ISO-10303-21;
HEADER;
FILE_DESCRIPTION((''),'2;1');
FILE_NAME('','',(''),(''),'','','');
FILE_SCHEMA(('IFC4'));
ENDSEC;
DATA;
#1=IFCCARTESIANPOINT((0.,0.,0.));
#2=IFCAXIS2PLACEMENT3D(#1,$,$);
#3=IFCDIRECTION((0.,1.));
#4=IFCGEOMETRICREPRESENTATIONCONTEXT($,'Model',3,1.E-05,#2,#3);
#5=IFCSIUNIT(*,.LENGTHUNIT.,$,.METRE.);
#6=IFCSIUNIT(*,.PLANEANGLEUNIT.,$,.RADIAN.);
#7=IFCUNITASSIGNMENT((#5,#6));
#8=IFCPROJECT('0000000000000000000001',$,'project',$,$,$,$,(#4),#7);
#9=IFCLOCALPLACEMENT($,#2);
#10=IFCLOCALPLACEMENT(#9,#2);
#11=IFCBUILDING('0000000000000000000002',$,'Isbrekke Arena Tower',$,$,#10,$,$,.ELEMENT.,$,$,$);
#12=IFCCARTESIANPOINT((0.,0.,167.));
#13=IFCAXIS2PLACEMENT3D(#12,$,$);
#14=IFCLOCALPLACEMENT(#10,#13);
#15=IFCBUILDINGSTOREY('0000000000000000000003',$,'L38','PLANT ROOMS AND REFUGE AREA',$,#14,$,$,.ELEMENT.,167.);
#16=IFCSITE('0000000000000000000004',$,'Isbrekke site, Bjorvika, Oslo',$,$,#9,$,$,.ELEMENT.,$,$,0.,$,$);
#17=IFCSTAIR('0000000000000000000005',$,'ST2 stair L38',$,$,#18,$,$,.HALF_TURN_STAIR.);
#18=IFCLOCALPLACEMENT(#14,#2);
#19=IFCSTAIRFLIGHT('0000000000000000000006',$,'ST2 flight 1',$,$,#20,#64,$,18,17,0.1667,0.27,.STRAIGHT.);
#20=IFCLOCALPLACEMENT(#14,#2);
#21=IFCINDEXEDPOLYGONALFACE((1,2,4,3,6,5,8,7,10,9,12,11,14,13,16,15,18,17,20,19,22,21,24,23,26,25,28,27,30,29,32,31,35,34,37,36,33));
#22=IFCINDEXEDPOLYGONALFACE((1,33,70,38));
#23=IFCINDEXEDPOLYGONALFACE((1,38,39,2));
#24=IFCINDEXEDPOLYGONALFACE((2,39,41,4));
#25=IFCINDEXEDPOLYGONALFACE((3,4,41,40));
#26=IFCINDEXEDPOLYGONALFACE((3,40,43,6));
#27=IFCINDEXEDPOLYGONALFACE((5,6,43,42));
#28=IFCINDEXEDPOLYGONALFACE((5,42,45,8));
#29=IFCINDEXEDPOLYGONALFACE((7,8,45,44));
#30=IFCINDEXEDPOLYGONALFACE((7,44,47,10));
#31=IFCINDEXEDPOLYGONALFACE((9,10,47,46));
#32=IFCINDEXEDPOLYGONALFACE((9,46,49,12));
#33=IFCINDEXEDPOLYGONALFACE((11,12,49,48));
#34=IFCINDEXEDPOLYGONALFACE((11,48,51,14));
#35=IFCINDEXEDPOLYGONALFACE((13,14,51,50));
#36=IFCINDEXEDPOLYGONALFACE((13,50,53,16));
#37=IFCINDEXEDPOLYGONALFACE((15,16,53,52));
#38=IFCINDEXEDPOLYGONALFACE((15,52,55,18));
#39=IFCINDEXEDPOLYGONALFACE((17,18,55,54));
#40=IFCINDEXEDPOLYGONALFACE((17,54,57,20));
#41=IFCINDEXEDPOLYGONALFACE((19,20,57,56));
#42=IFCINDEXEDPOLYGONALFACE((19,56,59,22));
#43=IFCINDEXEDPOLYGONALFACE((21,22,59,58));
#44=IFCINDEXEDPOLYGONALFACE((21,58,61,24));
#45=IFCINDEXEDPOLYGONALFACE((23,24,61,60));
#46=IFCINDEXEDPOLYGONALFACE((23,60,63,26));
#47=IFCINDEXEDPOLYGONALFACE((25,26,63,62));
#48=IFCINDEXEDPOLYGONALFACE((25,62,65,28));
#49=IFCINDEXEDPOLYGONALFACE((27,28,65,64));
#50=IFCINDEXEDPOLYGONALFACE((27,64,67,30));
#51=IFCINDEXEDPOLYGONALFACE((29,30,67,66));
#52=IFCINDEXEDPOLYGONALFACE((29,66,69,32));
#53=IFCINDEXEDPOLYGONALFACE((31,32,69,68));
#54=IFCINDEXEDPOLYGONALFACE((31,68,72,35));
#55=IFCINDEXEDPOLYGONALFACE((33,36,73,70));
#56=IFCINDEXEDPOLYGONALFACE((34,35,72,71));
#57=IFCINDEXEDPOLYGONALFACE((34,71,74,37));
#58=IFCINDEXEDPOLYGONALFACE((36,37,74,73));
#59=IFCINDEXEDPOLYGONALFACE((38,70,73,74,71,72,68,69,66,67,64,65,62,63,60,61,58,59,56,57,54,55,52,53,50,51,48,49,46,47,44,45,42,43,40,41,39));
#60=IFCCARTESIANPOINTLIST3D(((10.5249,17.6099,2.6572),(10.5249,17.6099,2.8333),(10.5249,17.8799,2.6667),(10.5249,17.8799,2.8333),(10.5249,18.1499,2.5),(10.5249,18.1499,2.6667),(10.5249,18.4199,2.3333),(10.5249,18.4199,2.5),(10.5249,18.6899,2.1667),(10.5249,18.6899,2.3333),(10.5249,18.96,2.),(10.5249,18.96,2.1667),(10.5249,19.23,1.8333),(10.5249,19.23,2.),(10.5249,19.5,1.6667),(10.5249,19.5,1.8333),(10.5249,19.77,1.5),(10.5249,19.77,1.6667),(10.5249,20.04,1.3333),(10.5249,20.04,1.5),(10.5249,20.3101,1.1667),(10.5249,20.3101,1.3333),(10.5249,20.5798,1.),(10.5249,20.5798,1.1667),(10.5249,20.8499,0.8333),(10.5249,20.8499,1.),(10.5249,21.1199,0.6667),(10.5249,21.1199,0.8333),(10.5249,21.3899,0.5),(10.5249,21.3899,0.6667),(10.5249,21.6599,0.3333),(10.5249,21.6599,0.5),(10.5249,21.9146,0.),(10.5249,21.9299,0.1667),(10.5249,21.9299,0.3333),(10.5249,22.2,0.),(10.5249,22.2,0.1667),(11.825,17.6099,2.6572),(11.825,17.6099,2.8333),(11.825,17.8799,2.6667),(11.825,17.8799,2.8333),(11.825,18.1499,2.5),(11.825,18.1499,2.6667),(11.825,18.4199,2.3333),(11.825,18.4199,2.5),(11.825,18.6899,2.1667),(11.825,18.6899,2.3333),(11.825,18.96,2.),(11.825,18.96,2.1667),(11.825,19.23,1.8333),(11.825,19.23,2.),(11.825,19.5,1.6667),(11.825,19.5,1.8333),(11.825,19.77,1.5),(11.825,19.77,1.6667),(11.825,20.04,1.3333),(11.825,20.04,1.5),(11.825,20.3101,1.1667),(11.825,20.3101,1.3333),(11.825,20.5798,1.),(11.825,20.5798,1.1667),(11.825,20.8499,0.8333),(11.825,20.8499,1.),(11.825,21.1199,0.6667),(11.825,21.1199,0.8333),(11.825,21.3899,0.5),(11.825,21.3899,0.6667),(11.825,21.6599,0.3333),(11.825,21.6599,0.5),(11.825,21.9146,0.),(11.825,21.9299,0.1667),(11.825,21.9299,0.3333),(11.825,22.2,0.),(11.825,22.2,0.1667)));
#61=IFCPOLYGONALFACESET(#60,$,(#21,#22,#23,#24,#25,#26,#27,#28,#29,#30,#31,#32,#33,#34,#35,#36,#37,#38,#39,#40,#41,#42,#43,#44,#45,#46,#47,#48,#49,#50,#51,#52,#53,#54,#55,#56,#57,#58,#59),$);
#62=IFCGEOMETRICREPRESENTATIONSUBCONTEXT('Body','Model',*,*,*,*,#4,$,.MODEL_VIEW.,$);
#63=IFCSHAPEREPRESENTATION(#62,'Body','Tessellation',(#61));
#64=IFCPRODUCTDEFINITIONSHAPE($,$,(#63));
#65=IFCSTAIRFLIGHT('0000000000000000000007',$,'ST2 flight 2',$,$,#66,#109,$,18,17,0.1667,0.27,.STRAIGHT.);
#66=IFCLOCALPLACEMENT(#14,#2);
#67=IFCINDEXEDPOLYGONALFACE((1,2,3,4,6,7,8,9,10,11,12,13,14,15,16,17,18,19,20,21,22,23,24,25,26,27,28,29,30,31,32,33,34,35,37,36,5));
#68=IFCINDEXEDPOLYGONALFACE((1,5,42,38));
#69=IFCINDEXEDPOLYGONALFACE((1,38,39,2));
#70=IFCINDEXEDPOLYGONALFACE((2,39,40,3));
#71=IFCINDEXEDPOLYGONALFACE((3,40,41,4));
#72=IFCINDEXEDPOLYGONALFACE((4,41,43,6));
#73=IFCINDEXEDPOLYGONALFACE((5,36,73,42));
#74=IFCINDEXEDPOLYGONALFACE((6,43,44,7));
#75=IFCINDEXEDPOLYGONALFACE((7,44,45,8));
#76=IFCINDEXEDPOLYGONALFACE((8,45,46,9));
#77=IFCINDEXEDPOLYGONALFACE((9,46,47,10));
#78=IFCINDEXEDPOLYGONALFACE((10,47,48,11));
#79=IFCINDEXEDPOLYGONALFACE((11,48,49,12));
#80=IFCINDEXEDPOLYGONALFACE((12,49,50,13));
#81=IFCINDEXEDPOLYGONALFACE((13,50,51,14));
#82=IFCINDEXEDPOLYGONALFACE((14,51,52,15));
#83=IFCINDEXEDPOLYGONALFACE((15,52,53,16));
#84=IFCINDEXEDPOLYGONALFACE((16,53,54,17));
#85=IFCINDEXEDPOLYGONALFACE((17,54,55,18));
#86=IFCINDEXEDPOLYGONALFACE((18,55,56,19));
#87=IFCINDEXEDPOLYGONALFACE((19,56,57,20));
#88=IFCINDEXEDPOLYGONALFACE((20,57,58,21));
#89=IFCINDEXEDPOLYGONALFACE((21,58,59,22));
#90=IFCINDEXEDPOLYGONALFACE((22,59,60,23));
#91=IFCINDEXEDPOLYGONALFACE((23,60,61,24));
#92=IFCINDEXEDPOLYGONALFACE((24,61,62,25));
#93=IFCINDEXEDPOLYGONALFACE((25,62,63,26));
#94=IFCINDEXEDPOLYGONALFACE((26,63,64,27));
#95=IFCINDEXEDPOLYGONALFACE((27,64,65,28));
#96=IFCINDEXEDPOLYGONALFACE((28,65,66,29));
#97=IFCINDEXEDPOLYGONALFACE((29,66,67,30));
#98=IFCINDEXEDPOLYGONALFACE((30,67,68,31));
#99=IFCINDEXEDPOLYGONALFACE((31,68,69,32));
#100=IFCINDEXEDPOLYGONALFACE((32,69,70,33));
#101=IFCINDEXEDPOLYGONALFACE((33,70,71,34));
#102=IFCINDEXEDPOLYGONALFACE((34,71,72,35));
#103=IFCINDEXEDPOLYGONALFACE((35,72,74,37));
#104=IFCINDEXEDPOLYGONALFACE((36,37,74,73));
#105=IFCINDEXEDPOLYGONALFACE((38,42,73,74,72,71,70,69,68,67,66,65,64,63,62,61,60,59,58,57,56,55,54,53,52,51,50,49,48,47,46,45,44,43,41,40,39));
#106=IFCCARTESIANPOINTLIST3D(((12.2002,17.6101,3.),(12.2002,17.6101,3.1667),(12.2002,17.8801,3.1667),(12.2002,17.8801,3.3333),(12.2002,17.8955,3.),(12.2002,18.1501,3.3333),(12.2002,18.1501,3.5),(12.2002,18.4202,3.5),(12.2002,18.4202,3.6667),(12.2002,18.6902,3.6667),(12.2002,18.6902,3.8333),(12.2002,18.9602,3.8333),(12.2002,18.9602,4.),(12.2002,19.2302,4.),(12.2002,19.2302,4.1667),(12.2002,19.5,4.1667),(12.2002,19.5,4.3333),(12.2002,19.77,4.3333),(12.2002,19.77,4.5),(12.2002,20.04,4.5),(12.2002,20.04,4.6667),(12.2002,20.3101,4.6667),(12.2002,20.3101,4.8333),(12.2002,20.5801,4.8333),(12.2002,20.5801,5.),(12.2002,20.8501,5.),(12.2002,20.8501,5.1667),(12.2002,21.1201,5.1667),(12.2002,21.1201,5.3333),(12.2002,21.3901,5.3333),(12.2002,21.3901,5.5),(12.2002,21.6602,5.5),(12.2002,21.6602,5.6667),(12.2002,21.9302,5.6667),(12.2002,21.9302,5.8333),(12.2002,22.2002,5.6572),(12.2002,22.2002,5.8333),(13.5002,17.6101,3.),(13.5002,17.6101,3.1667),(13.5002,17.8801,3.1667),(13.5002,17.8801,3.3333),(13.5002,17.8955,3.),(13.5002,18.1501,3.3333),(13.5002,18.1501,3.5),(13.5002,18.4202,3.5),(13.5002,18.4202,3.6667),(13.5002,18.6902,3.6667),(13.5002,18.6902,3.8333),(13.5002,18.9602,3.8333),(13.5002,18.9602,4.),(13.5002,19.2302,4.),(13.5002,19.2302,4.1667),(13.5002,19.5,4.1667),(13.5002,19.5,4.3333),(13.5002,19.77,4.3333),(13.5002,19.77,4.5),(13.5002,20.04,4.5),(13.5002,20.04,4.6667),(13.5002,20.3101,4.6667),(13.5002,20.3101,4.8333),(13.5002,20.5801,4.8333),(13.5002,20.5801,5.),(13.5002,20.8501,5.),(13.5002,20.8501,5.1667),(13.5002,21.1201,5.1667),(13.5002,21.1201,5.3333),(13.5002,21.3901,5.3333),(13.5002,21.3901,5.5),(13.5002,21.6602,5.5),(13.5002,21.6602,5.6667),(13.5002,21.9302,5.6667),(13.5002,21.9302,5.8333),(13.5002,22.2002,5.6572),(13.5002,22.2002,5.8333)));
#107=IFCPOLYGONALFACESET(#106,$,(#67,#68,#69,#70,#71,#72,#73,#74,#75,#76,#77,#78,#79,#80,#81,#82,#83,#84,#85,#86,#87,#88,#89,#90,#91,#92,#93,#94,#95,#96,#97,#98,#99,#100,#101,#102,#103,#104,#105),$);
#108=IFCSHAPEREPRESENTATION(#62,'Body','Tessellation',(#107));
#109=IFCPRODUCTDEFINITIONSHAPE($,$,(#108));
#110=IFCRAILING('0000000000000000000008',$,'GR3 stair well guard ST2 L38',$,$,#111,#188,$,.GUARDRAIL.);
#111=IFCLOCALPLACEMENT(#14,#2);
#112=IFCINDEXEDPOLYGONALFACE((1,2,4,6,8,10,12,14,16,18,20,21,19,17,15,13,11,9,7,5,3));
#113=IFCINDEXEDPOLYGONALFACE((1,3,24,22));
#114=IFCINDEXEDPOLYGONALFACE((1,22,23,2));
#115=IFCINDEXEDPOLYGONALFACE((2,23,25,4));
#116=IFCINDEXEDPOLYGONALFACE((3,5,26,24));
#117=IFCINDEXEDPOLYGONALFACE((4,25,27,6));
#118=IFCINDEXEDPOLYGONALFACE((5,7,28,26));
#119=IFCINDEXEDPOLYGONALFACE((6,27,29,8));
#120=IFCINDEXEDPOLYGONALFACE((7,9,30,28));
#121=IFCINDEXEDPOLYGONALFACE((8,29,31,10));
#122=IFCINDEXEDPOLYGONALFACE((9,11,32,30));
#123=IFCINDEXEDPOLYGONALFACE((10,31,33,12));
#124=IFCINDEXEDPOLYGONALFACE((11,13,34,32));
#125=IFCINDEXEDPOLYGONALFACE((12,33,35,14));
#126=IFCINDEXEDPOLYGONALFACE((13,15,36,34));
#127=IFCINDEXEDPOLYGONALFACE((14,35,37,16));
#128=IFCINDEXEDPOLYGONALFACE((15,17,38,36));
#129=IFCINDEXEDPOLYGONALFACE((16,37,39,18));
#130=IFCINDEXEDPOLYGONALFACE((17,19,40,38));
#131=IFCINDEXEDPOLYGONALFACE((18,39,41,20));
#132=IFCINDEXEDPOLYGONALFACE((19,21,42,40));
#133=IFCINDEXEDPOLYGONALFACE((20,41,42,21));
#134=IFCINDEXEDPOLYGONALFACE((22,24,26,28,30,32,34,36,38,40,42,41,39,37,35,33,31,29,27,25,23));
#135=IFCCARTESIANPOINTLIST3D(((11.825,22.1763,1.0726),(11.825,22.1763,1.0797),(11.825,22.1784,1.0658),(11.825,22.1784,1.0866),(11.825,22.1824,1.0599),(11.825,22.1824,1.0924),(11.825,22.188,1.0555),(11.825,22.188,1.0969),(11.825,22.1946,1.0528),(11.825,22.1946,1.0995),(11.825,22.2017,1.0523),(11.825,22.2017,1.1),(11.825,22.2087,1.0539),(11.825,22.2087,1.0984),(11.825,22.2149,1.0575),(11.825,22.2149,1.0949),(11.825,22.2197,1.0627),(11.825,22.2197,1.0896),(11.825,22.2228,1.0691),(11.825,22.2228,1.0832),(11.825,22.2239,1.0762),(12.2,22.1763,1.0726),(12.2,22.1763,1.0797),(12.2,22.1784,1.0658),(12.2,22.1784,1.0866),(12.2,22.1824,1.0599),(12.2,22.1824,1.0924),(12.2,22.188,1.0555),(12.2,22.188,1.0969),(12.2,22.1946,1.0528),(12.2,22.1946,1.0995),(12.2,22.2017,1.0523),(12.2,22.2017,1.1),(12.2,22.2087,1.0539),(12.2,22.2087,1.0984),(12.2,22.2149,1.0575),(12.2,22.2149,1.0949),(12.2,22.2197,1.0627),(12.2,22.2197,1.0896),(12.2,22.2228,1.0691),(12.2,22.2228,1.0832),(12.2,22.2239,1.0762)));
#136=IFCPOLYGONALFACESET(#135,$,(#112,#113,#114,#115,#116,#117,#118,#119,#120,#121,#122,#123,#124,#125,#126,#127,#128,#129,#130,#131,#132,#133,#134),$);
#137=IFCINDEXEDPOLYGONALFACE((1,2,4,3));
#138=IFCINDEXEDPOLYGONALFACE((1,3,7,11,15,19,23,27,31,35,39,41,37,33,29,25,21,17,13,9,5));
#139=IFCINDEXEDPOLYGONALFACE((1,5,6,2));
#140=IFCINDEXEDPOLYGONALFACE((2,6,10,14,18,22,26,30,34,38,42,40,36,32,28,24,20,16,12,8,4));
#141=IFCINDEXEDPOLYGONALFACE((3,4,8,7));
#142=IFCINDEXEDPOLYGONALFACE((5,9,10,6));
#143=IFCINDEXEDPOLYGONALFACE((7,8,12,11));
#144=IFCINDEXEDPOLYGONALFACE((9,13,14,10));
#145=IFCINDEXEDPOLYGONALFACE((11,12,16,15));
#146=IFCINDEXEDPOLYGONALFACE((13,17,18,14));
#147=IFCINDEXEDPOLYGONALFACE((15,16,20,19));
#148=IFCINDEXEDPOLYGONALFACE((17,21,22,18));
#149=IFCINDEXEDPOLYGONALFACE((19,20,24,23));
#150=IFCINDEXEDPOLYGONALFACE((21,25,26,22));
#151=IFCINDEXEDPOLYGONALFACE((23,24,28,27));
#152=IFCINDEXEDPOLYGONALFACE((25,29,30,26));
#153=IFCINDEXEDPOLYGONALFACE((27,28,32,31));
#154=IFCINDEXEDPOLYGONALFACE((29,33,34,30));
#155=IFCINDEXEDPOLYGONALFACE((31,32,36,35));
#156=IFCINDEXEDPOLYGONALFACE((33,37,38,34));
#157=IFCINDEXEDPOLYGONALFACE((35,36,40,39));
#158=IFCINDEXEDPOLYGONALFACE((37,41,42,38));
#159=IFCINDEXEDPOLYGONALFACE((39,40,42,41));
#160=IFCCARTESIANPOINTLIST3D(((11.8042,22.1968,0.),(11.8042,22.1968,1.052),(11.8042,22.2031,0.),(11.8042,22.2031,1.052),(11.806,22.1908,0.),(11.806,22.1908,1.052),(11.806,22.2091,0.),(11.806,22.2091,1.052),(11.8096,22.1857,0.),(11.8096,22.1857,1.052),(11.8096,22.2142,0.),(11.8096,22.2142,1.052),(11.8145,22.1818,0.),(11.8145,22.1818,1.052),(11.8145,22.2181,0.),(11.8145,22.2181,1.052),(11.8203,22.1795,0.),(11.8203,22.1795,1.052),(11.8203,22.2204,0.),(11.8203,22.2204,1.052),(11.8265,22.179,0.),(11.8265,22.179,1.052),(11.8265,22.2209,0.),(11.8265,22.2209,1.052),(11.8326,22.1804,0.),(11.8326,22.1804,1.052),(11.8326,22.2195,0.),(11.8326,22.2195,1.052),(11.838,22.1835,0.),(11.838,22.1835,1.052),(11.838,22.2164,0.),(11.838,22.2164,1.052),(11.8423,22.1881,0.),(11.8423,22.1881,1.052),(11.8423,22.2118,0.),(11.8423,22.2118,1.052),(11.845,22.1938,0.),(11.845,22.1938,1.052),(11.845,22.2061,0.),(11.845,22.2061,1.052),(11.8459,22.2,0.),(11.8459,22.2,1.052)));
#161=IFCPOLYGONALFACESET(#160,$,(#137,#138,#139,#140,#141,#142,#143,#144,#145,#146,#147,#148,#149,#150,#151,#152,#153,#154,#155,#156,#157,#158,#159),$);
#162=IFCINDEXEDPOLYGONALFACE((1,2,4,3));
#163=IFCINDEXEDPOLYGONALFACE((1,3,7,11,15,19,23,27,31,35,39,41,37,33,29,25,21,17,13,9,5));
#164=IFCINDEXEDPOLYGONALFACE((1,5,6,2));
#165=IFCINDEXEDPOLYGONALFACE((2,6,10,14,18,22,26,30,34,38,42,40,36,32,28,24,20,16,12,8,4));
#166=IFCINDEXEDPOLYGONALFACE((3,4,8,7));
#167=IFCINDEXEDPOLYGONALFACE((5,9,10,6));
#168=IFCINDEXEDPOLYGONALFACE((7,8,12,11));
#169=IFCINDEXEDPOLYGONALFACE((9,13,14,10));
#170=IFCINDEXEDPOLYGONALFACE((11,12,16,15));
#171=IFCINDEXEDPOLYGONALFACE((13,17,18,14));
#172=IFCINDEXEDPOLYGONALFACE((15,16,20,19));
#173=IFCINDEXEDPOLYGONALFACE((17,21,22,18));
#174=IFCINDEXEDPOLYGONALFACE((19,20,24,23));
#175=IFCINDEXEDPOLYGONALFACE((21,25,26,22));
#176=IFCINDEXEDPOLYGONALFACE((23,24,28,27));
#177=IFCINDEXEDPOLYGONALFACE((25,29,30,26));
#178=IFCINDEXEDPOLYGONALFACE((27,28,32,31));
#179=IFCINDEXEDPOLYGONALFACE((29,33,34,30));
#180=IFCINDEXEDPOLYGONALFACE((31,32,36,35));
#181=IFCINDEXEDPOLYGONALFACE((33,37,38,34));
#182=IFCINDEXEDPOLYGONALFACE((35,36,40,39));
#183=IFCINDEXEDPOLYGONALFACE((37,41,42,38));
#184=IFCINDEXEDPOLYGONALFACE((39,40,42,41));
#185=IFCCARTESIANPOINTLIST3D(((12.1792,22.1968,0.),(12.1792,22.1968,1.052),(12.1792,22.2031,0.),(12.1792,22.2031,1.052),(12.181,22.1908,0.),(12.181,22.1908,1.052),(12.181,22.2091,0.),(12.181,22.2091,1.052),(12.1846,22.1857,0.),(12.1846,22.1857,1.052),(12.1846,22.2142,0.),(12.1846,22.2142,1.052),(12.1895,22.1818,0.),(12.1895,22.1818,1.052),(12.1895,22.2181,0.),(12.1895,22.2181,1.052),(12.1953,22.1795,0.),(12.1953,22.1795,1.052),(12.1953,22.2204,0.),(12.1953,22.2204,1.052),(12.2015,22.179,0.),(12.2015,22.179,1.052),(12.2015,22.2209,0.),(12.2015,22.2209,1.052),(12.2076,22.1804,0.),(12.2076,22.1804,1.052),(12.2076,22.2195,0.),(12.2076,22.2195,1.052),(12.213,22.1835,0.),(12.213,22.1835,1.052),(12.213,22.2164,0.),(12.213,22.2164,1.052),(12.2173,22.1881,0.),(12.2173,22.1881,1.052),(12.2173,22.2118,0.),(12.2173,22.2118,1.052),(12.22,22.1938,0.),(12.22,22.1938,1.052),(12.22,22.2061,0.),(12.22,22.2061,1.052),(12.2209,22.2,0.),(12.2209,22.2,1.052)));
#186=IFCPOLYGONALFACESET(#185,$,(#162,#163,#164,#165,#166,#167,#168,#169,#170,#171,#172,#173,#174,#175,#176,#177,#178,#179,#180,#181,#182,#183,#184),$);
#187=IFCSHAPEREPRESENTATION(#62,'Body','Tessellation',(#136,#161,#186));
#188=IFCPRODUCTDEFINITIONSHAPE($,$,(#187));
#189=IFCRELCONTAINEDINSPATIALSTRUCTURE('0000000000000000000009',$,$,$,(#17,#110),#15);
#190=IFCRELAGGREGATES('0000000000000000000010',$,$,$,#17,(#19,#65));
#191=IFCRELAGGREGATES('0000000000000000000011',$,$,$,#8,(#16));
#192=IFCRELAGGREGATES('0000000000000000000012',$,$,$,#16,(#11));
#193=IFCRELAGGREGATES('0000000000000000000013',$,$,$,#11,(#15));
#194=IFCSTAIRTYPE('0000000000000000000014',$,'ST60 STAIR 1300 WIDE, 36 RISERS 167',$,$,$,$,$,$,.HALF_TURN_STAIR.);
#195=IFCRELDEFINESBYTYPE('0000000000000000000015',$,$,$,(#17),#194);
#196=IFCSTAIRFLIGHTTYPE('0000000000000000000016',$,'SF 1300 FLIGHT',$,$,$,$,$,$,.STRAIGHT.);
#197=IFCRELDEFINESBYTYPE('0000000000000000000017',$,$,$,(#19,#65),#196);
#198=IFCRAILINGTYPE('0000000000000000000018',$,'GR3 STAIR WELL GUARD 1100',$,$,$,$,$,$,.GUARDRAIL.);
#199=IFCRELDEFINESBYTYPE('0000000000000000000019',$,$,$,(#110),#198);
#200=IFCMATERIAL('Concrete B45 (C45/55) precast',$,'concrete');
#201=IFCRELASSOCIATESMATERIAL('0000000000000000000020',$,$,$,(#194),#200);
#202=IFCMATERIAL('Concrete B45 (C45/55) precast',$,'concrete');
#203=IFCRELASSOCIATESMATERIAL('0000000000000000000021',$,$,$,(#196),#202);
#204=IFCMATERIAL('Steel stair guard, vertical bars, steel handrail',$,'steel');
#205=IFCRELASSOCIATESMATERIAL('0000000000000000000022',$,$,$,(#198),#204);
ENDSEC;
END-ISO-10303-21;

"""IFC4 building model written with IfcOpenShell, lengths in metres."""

from ifc_helpers import new_model, si_unit, direction, frame, origin, origin_2d, place, context, subcontext, project, spatial, polyline, circle, outline, extrude, material, type_object, element, aggregate, save


model = new_model("IFC4")

# Units and contexts
model_context = context("Model", 3, precision=1e-05, world=origin(), true_north=direction((0.0, 1.0)))
body_context = subcontext(model_context, "Body", "Model", "MODEL_VIEW")
ifc_project = project(units=[si_unit("LENGTHUNIT", "METRE"), si_unit("PLANEANGLEUNIT", "RADIAN")], contexts=[model_context])

# Site, building, storey
site_placement = place(None, origin())
site = spatial("IfcSite", under=ifc_project, at=site_placement, Name="Isbrekke site, Bjorvika, Oslo", CompositionType="ELEMENT", RefElevation=0.0)
building_placement = place(site_placement, origin())
building = spatial("IfcBuilding", under=site, at=building_placement, Name="Isbrekke Arena Tower", CompositionType="ELEMENT")
storey_placement = place(building_placement, frame((0.0, 0.0, 167.0)))
storey = spatial("IfcBuildingStorey", under=building, at=storey_placement, Name="L38", Description="PLANT ROOMS AND REFUGE AREA", CompositionType="ELEMENT", Elevation=167.0)

# Stair, stair flights
ifc_material_1 = material(Name="Concrete B45 (C45/55) precast", Category="concrete")
stair_type = type_object("IfcStairType", Name="ST60 STAIR 1300 WIDE, 36 RISERS 167", PredefinedType="HALF_TURN_STAIR", material=ifc_material_1)
stair_placement = place(storey_placement, origin())
stair = element("IfcStair", 1, at=stair_placement, inside=storey, type_object=stair_type, Name="ST2 stair L38", PredefinedType="HALF_TURN_STAIR")
ifc_material_2 = material(Name="Concrete B45 (C45/55) precast", Category="concrete")
stair_flight_type = type_object("IfcStairFlightType", Name="SF 1300 FLIGHT", PredefinedType="STRAIGHT", material=ifc_material_2)
stair_flight_1_placement = place(storey_placement, frame((11.175, 22.2, 0.0), z_axis=(0.0, 0.0, 1.0), x_axis=(0.0, -1.0, 0.0)))
stair_flight_1 = element("IfcStairFlight", 2, at=stair_flight_1_placement, type_object=stair_flight_type, Name="ST2 flight 1", NumberOfRisers=18, NumberOfTreads=17, PredefinedType="STRAIGHT", RiserHeight=0.1667, TreadLength=0.27, context=body_context, shape_type="SweptSolid", body=[
    extrude(outline(polyline([(0.0, 0.0), (0.0, 0.1667), (0.27, 0.1667), (0.27, 0.3333), (0.54, 0.3333), (0.54, 0.5), (0.8101, 0.5), (0.8101, 0.6667), (1.0801, 0.6667), (1.0801, 0.8333), (1.3501, 0.8333), (1.3501, 1.0), (1.6201, 1.0), (1.6201, 1.1667), (1.8899, 1.1667), (1.8899, 1.3333), (2.1599, 1.3333), (2.1599, 1.5), (2.4299, 1.5), (2.4299, 1.6667), (2.7, 1.6667), (2.7, 1.8333), (2.97, 1.8333), (2.97, 2.0), (3.24, 2.0), (3.24, 2.1667), (3.51, 2.1667), (3.51, 2.3333), (3.78, 2.3333), (3.78, 2.5), (4.05, 2.5), (4.05, 2.6667), (4.3201, 2.6667), (4.3201, 2.8333), (4.5901, 2.8333), (4.5901, 3.0), (4.5901, 2.6572), (0.2854, 0.0), (0.0, 0.0)])), frame((0.0, 0.6499, 0.0), z_axis=(0.0, -1.0, 0.0), x_axis=(1.0, 0.0, 0.0)), (0.0, 0.0, 1.0), 1.3),
])
stair_flight_2_placement = place(storey_placement, frame((12.8501, 17.6101, 3.0), z_axis=(0.0, 0.0, 1.0), x_axis=(0.0, 1.0, 0.0)))
stair_flight_2 = element("IfcStairFlight", 3, at=stair_flight_2_placement, type_object=stair_flight_type, Name="ST2 flight 2", NumberOfRisers=18, NumberOfTreads=17, PredefinedType="STRAIGHT", RiserHeight=0.1667, TreadLength=0.27, context=body_context, shape_type="SweptSolid", body=[
    extrude(outline(polyline([(0.0, 0.0), (0.0, 0.1667), (0.27, 0.1667), (0.27, 0.3333), (0.54, 0.3333), (0.54, 0.5), (0.8101, 0.5), (0.8101, 0.6667), (1.0801, 0.6667), (1.0801, 0.8333), (1.3501, 0.8333), (1.3501, 1.0), (1.6201, 1.0), (1.6201, 1.1667), (1.8899, 1.1667), (1.8899, 1.3333), (2.1599, 1.3333), (2.1599, 1.5), (2.4299, 1.5), (2.4299, 1.6667), (2.7, 1.6667), (2.7, 1.8333), (2.97, 1.8333), (2.97, 2.0), (3.24, 2.0), (3.24, 2.1667), (3.51, 2.1667), (3.51, 2.3333), (3.78, 2.3333), (3.78, 2.5), (4.05, 2.5), (4.05, 2.6667), (4.3201, 2.6667), (4.3201, 2.8333), (4.5901, 2.8333), (4.5901, 3.0), (4.5901, 2.6572), (0.2854, 0.0), (0.0, 0.0)])), frame((0.0, 0.6499, 0.0), z_axis=(0.0, -1.0, 0.0), x_axis=(1.0, 0.0, 0.0)), (0.0, 0.0, 1.0), 1.3),
])
aggregate(stair, [stair_flight_1, stair_flight_2])

# Railing
ifc_material_3 = material(Name="Steel stair guard, vertical bars, steel handrail", Category="steel")
railing_type = type_object("IfcRailingType", Name="GR3 STAIR WELL GUARD 1100", PredefinedType="GUARDRAIL", material=ifc_material_3)
for number, where, name in (
    (4, (11.825, 22.2, 0.0), "GR3 stair well guard ST2 L38"),
):
    element("IfcRailing", number, at=place(storey_placement, frame(where)), inside=storey, type_object=railing_type, Name=name, PredefinedType="GUARDRAIL", context=body_context, shape_type="SweptSolid", body=[
        extrude(circle(Radius=0.0239, at=origin_2d()), frame((0.0, 0.0, 1.0762), z_axis=(1.0, 0.0, 0.0), x_axis=(0.0, 1.0, 0.0)), (0.0, 0.0, 1.0), 0.375),
        extrude(circle(Radius=0.021, at=origin_2d()), origin(), (0.0, 0.0, 1.0), 1.052),
        extrude(circle(Radius=0.021, at=origin_2d()), frame((0.375, 0.0, 0.0)), (0.0, 0.0, 1.0), 1.052),
    ])

save(model, "model.ifc")
